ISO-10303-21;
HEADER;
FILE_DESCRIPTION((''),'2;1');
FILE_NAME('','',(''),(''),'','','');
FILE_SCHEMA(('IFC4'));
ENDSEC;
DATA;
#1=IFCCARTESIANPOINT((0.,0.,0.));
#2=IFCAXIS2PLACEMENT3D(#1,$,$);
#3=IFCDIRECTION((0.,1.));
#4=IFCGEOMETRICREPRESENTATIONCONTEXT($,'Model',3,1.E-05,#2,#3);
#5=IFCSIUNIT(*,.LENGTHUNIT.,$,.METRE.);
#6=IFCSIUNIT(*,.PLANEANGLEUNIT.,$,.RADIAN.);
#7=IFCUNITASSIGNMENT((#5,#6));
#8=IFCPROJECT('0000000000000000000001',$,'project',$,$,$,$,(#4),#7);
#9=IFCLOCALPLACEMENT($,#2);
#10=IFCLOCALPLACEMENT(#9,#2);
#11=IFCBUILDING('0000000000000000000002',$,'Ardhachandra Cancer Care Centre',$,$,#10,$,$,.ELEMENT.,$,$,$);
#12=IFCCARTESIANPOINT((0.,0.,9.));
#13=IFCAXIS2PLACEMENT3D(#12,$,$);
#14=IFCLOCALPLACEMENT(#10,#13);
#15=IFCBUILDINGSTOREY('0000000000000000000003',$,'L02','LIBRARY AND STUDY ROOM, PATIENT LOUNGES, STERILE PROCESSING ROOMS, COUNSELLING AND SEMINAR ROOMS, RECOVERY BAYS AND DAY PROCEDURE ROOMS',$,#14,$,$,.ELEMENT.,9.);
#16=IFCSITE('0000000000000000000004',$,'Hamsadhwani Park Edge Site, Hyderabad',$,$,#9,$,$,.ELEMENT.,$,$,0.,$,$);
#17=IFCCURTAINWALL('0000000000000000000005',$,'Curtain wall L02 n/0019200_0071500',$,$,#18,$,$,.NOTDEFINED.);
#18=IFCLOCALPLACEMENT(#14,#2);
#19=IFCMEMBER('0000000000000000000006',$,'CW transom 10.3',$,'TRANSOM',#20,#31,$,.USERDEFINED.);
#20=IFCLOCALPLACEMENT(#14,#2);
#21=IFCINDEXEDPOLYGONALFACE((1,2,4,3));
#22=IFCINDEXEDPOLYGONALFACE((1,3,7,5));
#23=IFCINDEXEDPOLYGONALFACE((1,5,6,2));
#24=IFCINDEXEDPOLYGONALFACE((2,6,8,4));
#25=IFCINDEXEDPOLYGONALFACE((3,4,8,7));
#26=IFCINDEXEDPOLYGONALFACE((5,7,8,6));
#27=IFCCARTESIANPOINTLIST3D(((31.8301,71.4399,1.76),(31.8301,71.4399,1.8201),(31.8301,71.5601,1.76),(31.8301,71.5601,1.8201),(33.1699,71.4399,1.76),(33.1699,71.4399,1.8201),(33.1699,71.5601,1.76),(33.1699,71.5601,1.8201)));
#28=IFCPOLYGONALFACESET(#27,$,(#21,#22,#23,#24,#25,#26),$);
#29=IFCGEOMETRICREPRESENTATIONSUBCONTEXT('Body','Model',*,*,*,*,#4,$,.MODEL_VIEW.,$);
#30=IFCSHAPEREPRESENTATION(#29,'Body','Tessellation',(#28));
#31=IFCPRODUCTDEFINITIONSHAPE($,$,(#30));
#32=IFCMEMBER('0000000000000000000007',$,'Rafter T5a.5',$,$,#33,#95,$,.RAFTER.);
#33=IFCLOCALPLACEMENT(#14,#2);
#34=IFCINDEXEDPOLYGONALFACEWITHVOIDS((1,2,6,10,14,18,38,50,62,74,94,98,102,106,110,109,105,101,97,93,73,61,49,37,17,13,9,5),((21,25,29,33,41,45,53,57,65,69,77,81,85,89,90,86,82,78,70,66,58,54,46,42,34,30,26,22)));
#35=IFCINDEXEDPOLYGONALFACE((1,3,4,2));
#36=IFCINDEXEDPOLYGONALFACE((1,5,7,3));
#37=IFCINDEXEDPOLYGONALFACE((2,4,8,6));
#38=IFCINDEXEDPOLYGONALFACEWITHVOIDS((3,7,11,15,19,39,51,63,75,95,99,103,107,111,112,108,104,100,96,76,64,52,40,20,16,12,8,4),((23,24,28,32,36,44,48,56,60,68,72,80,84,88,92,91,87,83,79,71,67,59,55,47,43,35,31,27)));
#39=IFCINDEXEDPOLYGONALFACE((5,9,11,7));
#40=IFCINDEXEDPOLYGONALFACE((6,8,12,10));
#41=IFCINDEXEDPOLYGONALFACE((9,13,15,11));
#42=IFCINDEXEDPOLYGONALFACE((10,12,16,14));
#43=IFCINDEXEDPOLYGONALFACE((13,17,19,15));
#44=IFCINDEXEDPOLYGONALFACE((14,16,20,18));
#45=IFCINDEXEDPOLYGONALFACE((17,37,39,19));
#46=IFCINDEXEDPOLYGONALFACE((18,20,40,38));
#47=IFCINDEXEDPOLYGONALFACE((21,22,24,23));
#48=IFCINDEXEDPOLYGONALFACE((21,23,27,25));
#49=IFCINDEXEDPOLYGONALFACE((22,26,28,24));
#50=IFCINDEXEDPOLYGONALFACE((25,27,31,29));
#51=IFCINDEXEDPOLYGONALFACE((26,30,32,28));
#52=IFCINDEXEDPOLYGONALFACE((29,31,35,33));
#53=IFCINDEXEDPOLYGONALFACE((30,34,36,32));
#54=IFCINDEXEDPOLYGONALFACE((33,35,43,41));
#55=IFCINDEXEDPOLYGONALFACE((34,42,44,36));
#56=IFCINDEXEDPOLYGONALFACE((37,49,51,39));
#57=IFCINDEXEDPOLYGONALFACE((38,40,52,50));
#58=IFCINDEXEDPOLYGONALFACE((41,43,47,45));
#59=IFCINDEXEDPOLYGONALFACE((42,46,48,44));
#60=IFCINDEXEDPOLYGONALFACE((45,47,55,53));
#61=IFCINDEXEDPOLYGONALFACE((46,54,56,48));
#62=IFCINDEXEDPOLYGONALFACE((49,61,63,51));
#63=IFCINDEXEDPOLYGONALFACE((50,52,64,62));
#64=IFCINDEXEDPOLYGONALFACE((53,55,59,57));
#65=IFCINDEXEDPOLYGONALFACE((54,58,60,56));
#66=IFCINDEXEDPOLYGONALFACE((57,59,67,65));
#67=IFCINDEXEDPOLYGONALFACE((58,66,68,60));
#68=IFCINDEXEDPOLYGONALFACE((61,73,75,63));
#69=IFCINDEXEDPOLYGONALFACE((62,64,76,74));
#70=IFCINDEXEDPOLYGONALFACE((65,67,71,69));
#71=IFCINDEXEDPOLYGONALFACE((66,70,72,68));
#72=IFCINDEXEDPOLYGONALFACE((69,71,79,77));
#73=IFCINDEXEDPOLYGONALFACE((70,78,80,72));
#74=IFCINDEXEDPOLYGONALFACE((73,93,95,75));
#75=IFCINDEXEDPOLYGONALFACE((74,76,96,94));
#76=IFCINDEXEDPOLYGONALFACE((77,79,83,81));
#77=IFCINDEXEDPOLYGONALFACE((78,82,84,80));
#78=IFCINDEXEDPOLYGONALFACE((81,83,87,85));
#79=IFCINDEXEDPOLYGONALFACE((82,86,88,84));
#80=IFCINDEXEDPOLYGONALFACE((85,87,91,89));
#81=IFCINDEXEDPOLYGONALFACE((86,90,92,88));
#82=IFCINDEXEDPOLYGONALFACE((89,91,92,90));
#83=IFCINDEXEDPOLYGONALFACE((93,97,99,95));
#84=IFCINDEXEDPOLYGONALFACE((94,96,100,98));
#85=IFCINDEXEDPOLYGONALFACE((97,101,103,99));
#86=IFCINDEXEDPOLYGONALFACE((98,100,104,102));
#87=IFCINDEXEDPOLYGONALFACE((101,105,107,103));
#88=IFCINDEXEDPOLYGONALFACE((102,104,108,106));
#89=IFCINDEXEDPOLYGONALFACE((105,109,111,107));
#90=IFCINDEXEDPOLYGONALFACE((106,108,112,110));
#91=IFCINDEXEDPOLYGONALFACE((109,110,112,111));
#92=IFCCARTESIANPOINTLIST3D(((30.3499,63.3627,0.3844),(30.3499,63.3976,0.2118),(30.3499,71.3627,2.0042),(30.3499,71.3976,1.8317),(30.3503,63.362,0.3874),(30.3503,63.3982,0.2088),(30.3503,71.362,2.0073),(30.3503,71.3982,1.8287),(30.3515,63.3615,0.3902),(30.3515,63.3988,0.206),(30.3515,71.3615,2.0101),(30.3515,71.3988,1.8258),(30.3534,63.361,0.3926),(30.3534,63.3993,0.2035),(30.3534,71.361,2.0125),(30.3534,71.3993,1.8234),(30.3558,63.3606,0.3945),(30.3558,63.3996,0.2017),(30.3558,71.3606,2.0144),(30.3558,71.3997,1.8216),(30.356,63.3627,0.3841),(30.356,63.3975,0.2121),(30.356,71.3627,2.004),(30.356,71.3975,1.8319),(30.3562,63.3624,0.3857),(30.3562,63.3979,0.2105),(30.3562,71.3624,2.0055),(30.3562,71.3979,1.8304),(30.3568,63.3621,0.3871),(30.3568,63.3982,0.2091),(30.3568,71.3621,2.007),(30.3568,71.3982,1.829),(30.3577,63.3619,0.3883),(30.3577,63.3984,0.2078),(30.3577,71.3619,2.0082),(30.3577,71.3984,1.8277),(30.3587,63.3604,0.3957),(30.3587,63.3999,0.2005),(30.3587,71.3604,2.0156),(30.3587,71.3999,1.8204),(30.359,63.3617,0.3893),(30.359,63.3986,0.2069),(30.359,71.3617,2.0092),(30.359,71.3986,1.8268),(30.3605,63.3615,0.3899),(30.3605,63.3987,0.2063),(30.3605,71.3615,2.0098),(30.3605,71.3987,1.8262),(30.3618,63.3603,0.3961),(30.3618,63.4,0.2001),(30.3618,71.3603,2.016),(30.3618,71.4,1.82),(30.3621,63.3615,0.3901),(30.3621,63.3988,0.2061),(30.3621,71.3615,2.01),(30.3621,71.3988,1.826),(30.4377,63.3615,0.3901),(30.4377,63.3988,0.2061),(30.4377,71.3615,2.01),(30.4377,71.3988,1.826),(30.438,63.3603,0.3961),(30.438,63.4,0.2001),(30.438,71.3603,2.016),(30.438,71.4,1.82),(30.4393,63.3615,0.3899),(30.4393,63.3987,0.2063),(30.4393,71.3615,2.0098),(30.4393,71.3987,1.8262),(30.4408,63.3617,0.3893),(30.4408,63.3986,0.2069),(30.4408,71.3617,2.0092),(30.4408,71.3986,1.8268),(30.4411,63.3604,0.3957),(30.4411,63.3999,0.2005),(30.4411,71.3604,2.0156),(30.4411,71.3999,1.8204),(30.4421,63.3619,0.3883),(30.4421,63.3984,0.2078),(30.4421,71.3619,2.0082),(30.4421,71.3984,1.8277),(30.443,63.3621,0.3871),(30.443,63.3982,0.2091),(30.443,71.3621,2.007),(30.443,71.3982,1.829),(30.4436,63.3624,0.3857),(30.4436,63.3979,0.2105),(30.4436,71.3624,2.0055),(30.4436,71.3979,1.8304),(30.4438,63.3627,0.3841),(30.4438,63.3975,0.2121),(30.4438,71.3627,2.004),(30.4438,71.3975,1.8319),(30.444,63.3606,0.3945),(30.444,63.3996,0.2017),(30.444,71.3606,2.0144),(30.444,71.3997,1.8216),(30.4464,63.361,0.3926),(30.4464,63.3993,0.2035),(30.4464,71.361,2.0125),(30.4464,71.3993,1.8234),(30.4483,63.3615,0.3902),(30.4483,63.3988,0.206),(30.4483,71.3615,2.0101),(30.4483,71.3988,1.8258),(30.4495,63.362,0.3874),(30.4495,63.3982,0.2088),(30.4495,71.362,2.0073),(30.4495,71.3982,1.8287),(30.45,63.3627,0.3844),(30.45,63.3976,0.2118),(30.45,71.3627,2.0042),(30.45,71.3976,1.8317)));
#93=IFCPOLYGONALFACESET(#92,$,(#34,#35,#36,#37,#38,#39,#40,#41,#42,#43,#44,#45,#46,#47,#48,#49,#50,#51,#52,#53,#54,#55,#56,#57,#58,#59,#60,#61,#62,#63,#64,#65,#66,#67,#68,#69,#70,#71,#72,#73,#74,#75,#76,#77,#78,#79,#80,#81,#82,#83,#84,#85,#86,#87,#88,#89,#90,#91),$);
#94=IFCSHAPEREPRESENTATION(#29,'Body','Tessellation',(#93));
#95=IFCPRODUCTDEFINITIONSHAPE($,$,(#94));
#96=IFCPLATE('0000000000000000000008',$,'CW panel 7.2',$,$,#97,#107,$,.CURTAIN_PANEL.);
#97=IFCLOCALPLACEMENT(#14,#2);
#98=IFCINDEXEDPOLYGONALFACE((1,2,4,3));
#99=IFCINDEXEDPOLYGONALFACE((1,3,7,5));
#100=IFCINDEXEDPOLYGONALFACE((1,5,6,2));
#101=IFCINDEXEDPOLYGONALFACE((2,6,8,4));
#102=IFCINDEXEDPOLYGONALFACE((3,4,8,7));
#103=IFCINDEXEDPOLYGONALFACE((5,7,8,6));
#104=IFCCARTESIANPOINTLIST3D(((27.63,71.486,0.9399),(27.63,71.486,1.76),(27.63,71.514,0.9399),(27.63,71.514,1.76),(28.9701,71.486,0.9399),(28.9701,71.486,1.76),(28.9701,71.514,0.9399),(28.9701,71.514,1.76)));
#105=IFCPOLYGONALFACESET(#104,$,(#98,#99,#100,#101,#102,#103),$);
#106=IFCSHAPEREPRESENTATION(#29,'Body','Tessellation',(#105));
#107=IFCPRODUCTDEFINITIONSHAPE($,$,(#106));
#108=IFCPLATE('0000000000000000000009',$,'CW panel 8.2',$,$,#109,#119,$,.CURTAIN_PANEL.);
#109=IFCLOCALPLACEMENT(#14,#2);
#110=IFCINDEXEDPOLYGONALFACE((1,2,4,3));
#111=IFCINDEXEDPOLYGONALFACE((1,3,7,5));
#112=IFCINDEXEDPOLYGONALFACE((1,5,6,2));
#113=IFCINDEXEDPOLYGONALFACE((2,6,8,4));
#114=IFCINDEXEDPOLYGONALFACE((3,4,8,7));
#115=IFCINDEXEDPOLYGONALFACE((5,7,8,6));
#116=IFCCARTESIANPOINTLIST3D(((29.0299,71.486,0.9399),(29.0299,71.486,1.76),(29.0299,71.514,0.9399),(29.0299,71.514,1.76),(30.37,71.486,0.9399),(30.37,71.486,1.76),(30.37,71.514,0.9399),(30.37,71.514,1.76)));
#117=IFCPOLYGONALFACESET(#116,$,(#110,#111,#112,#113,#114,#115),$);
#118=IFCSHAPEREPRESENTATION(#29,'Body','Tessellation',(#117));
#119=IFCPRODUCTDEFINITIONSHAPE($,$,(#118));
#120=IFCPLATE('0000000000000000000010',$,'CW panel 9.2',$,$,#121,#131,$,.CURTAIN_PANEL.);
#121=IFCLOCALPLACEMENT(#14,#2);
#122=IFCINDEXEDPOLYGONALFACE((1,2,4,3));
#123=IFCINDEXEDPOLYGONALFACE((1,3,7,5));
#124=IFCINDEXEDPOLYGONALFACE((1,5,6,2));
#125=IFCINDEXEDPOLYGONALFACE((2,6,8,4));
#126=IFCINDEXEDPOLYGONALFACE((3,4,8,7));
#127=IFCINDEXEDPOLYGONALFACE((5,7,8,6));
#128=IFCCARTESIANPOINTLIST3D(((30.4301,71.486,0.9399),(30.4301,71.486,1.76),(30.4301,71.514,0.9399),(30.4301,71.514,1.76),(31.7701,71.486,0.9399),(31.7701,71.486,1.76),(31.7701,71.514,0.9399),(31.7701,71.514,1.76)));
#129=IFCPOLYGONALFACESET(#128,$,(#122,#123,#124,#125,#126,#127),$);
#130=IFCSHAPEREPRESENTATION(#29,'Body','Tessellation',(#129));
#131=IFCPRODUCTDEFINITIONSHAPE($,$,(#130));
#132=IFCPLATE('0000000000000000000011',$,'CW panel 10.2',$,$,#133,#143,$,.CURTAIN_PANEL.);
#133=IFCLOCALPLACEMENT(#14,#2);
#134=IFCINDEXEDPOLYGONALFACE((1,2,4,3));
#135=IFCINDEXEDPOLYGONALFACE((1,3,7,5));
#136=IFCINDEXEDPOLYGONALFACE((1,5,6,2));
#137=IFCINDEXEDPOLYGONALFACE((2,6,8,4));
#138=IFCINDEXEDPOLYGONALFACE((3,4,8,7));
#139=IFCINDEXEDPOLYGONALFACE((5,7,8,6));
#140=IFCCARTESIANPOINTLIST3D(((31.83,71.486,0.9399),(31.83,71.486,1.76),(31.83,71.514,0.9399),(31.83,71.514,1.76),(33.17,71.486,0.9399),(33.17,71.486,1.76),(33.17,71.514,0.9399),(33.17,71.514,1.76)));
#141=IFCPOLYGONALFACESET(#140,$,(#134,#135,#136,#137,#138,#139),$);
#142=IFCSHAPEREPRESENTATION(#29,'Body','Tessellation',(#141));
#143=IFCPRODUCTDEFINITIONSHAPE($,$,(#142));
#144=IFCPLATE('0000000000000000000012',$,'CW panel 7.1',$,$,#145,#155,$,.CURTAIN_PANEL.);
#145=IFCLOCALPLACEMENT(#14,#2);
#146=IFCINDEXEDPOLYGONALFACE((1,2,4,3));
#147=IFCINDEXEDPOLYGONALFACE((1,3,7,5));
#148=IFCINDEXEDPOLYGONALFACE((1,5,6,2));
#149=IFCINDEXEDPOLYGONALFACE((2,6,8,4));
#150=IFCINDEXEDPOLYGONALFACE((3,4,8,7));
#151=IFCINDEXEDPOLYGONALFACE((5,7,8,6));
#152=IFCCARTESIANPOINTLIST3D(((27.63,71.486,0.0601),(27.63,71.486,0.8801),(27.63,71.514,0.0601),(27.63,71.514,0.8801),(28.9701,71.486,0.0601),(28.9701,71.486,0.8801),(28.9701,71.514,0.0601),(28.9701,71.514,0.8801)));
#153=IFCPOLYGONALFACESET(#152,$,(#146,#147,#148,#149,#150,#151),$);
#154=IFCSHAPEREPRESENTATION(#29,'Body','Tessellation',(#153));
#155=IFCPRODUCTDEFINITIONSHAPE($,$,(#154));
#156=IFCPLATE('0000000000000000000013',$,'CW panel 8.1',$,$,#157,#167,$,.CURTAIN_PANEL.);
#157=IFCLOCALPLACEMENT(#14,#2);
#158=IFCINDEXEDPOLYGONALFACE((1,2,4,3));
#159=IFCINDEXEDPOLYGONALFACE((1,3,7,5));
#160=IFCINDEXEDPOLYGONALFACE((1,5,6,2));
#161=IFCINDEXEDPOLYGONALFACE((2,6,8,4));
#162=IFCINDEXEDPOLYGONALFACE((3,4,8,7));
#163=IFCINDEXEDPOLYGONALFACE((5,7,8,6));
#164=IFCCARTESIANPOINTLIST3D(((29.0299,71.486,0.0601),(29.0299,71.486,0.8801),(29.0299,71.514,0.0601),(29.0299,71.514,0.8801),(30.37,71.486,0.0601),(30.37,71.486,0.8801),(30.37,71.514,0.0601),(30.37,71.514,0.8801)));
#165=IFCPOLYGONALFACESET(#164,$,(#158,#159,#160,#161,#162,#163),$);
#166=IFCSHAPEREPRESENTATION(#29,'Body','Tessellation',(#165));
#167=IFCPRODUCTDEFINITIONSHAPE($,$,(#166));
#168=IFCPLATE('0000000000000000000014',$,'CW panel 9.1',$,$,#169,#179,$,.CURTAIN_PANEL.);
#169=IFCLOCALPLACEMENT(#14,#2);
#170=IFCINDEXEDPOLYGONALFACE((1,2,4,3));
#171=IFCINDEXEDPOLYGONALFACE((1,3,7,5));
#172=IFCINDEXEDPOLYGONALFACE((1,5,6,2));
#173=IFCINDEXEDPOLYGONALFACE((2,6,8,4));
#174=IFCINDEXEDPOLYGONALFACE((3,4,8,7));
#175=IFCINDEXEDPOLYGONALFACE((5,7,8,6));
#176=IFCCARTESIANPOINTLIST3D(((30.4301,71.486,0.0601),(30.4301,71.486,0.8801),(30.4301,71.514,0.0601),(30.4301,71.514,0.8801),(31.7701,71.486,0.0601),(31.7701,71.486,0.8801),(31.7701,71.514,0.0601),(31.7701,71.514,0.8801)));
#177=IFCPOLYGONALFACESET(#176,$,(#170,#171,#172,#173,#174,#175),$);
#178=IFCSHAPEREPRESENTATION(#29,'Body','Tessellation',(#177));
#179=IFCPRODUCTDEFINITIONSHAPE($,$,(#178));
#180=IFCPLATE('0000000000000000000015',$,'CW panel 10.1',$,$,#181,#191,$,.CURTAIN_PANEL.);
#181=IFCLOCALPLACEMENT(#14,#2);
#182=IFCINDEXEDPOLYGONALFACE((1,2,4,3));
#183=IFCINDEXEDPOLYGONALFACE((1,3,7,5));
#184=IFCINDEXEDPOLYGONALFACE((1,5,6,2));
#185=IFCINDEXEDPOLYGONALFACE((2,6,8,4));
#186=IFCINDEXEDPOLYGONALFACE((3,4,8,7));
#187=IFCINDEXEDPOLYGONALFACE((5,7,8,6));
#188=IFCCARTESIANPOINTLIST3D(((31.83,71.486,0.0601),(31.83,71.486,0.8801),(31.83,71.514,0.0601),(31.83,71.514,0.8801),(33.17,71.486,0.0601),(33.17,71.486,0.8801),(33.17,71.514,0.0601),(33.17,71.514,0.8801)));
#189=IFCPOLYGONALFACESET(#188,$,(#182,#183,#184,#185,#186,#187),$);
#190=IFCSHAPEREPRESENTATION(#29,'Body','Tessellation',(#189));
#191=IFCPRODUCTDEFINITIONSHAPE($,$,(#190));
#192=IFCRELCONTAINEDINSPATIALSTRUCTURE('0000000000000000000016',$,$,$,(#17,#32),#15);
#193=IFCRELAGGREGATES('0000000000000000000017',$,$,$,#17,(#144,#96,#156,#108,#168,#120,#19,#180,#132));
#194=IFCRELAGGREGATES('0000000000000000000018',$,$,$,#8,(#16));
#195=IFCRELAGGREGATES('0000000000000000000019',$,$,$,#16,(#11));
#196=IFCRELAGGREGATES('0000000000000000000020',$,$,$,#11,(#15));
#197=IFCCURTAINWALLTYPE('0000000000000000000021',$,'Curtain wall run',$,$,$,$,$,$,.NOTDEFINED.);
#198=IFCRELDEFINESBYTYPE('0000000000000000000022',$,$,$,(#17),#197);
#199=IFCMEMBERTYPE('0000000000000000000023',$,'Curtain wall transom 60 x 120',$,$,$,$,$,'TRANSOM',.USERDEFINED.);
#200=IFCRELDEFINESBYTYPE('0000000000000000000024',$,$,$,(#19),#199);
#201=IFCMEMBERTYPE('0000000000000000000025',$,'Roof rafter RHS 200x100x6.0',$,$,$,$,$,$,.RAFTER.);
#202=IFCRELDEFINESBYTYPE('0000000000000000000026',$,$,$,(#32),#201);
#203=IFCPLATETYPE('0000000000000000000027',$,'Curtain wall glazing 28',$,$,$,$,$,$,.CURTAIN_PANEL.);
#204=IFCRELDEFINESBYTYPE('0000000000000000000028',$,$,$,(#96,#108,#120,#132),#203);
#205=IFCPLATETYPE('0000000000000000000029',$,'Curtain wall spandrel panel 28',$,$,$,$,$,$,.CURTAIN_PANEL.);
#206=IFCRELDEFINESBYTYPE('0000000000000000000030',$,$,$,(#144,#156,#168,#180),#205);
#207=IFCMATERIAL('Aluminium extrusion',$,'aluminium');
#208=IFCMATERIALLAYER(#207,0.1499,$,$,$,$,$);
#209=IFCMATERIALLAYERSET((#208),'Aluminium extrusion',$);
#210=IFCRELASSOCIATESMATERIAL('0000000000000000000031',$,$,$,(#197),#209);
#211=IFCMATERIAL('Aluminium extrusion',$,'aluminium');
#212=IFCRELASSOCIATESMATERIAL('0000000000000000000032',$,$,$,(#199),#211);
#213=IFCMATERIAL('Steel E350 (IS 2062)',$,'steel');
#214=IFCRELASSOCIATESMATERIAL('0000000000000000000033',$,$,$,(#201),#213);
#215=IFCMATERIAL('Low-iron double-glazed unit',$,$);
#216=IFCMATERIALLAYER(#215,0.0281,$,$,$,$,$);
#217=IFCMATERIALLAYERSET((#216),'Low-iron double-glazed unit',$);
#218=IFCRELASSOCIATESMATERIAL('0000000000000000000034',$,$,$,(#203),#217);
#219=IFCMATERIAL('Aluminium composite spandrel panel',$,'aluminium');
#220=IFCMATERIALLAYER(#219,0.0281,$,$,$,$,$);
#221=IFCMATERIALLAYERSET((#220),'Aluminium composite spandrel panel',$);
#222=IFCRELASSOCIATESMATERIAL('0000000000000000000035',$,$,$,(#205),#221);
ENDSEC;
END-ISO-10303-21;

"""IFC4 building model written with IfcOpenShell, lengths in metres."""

from ifc_helpers import new_model, si_unit, direction, frame, origin, origin_2d, place, context, subcontext, project, spatial, rectangle, hollow_rectangle, extrude, material, layer, layer_set, material_profile, profile_set, type_object, element, aggregate, save


model = new_model("IFC4")

# Units and contexts
model_context = context("Model", 3, precision=1e-05, world=origin(), true_north=direction((0.0, 1.0)))
body_context = subcontext(model_context, "Body", "Model", "MODEL_VIEW")
ifc_project = project(units=[si_unit("LENGTHUNIT", "METRE"), si_unit("PLANEANGLEUNIT", "RADIAN")], contexts=[model_context])

# Site, building, storey
site_placement = place(None, origin())
site = spatial("IfcSite", under=ifc_project, at=site_placement, Name="Hamsadhwani Park Edge Site, Hyderabad", CompositionType="ELEMENT", RefElevation=0.0)
building_placement = place(site_placement, origin())
building = spatial("IfcBuilding", under=site, at=building_placement, Name="Ardhachandra Cancer Care Centre", CompositionType="ELEMENT")
storey_placement = place(building_placement, frame((0.0, 0.0, 9.0)))
storey = spatial("IfcBuildingStorey", under=building, at=storey_placement, Name="L02", Description="LIBRARY AND STUDY ROOM, PATIENT LOUNGES, STERILE PROCESSING ROOMS, COUNSELLING AND SEMINAR ROOMS, RECOVERY BAYS AND DAY PROCEDURE ROOMS", CompositionType="ELEMENT", Elevation=9.0)

# Curtain wall, member
ifc_material_1 = material(Name="Aluminium extrusion", Category="aluminium")
ifc_layer_1 = layer(ifc_material_1, 0.1499)
ifc_layer_set_1 = layer_set([ifc_layer_1], Name="Aluminium extrusion")
curtain_wall_type = type_object("IfcCurtainWallType", Name="Curtain wall run", PredefinedType="NOTDEFINED", material=ifc_layer_set_1)
curtain_wall_placement = place(storey_placement, origin())
curtain_wall = element("IfcCurtainWall", 1, at=curtain_wall_placement, inside=storey, type_object=curtain_wall_type, Name="Curtain wall L02 n/0019200_0071500", PredefinedType="NOTDEFINED")
ifc_material_2 = material(Name="Aluminium extrusion", Category="aluminium")
ifc_material_profile_1 = material_profile(ifc_material_2, rectangle(XDim=0.1201, YDim=0.0601, at=origin_2d()), Name="Curtain wall transom 60 x 120")
ifc_profile_set_1 = profile_set([ifc_material_profile_1], Name="Aluminium extrusion")
member_type_1 = type_object("IfcMemberType", Name="Curtain wall transom 60 x 120", ElementType="TRANSOM", PredefinedType="USERDEFINED", material=ifc_profile_set_1)
member_1_placement = place(storey_placement, frame((31.8301, 71.5, 1.79), z_axis=(1.0, 0.0, 0.0), x_axis=(0.0, 1.0, 0.0)))
member_1 = element("IfcMember", 2, at=member_1_placement, type_object=member_type_1, Name="CW transom 10.3", ObjectType="TRANSOM", PredefinedType="USERDEFINED", context=body_context, shape_type="SweptSolid", body=[
    extrude(rectangle(XDim=0.1201, YDim=0.0601, at=origin_2d()), origin(), (0.0, 0.0, 1.0), 1.3398),
])

# Member
ifc_material_3 = material(Name="Steel E350 (IS 2062)", Category="steel")
ifc_material_profile_2 = material_profile(ifc_material_3, hollow_rectangle(XDim=0.1001, YDim=0.2, WallThickness=0.0061, InnerFilletRadius=0.0061, OuterFilletRadius=0.012, at=origin_2d()), Name="RHS 200x100x6.0")
ifc_profile_set_2 = profile_set([ifc_material_profile_2], Name="Steel E350 (IS 2062)")
member_type_2 = type_object("IfcMemberType", Name="Roof rafter RHS 200x100x6.0", PredefinedType="RAFTER", material=ifc_profile_set_2)
member_2_placement = place(storey_placement, frame((30.3999, 63.3801, 0.2981), z_axis=(0.0, 0.98011, 0.198457), x_axis=(-1.0, 0.0, 0.0)))
element("IfcMember", 3, at=member_2_placement, inside=storey, type_object=member_type_2, Name="Rafter T5a.5", PredefinedType="RAFTER", context=body_context, shape_type="SweptSolid", body=[
    extrude(hollow_rectangle(XDim=0.1001, YDim=0.2, WallThickness=0.0061, InnerFilletRadius=0.0061, OuterFilletRadius=0.012, at=origin_2d()), origin(), (0.0, 0.0, 1.0), 8.1624),
])

# Plates
ifc_material_4 = material(Name="Low-iron double-glazed unit")
ifc_layer_2 = layer(ifc_material_4, 0.0281)
ifc_layer_set_2 = layer_set([ifc_layer_2], Name="Low-iron double-glazed unit")
plate_type_1 = type_object("IfcPlateType", Name="Curtain wall glazing 28", PredefinedType="CURTAIN_PANEL", material=ifc_layer_set_2)
plate_1_placement = place(storey_placement, frame((28.3, 71.5, 0.9399), z_axis=(0.0, 0.0, 1.0), x_axis=(1.0, 0.0, 0.0)))
plate_1 = element("IfcPlate", 4, at=plate_1_placement, type_object=plate_type_1, Name="CW panel 7.2", PredefinedType="CURTAIN_PANEL", context=body_context, shape_type="SweptSolid", body=[
    extrude(rectangle(XDim=1.3401, YDim=0.0281, at=origin_2d()), origin(), (0.0, 0.0, 1.0), 0.8201),
])
plate_2_placement = place(storey_placement, frame((29.7, 71.5, 0.9399), z_axis=(0.0, 0.0, 1.0), x_axis=(1.0, 0.0, 0.0)))
plate_2 = element("IfcPlate", 5, at=plate_2_placement, type_object=plate_type_1, Name="CW panel 8.2", PredefinedType="CURTAIN_PANEL", context=body_context, shape_type="SweptSolid", body=[
    extrude(rectangle(XDim=1.3401, YDim=0.0281, at=origin_2d()), origin(), (0.0, 0.0, 1.0), 0.8201),
])
plate_3_placement = place(storey_placement, frame((31.1001, 71.5, 0.9399), z_axis=(0.0, 0.0, 1.0), x_axis=(1.0, 0.0, 0.0)))
plate_3 = element("IfcPlate", 6, at=plate_3_placement, type_object=plate_type_1, Name="CW panel 9.2", PredefinedType="CURTAIN_PANEL", context=body_context, shape_type="SweptSolid", body=[
    extrude(rectangle(XDim=1.3401, YDim=0.0281, at=origin_2d()), origin(), (0.0, 0.0, 1.0), 0.8201),
])
plate_4_placement = place(storey_placement, frame((32.5, 71.5, 0.9399), z_axis=(0.0, 0.0, 1.0), x_axis=(1.0, 0.0, 0.0)))
plate_4 = element("IfcPlate", 7, at=plate_4_placement, type_object=plate_type_1, Name="CW panel 10.2", PredefinedType="CURTAIN_PANEL", context=body_context, shape_type="SweptSolid", body=[
    extrude(rectangle(XDim=1.3401, YDim=0.0281, at=origin_2d()), origin(), (0.0, 0.0, 1.0), 0.8201),
])
ifc_material_5 = material(Name="Aluminium composite spandrel panel", Category="aluminium")
ifc_layer_3 = layer(ifc_material_5, 0.0281)
ifc_layer_set_3 = layer_set([ifc_layer_3], Name="Aluminium composite spandrel panel")
plate_type_2 = type_object("IfcPlateType", Name="Curtain wall spandrel panel 28", PredefinedType="CURTAIN_PANEL", material=ifc_layer_set_3)
plate_5_placement = place(storey_placement, frame((28.3, 71.5, 0.0601), z_axis=(0.0, 0.0, 1.0), x_axis=(1.0, 0.0, 0.0)))
plate_5 = element("IfcPlate", 8, at=plate_5_placement, type_object=plate_type_2, Name="CW panel 7.1", PredefinedType="CURTAIN_PANEL", context=body_context, shape_type="SweptSolid", body=[
    extrude(rectangle(XDim=1.3401, YDim=0.0281, at=origin_2d()), origin(), (0.0, 0.0, 1.0), 0.8201),
])
plate_6_placement = place(storey_placement, frame((29.7, 71.5, 0.0601), z_axis=(0.0, 0.0, 1.0), x_axis=(1.0, 0.0, 0.0)))
plate_6 = element("IfcPlate", 9, at=plate_6_placement, type_object=plate_type_2, Name="CW panel 8.1", PredefinedType="CURTAIN_PANEL", context=body_context, shape_type="SweptSolid", body=[
    extrude(rectangle(XDim=1.3401, YDim=0.0281, at=origin_2d()), origin(), (0.0, 0.0, 1.0), 0.8201),
])
plate_7_placement = place(storey_placement, frame((31.1001, 71.5, 0.0601), z_axis=(0.0, 0.0, 1.0), x_axis=(1.0, 0.0, 0.0)))
plate_7 = element("IfcPlate", 10, at=plate_7_placement, type_object=plate_type_2, Name="CW panel 9.1", PredefinedType="CURTAIN_PANEL", context=body_context, shape_type="SweptSolid", body=[
    extrude(rectangle(XDim=1.3401, YDim=0.0281, at=origin_2d()), origin(), (0.0, 0.0, 1.0), 0.8201),
])
plate_8_placement = place(storey_placement, frame((32.5, 71.5, 0.0601), z_axis=(0.0, 0.0, 1.0), x_axis=(1.0, 0.0, 0.0)))
plate_8 = element("IfcPlate", 11, at=plate_8_placement, type_object=plate_type_2, Name="CW panel 10.1", PredefinedType="CURTAIN_PANEL", context=body_context, shape_type="SweptSolid", body=[
    extrude(rectangle(XDim=1.3401, YDim=0.0281, at=origin_2d()), origin(), (0.0, 0.0, 1.0), 0.8201),
])
aggregate(curtain_wall, [plate_5, plate_1, plate_6, plate_2, plate_7, plate_3, member_1, plate_8, plate_4])

save(model, "model.ifc")
